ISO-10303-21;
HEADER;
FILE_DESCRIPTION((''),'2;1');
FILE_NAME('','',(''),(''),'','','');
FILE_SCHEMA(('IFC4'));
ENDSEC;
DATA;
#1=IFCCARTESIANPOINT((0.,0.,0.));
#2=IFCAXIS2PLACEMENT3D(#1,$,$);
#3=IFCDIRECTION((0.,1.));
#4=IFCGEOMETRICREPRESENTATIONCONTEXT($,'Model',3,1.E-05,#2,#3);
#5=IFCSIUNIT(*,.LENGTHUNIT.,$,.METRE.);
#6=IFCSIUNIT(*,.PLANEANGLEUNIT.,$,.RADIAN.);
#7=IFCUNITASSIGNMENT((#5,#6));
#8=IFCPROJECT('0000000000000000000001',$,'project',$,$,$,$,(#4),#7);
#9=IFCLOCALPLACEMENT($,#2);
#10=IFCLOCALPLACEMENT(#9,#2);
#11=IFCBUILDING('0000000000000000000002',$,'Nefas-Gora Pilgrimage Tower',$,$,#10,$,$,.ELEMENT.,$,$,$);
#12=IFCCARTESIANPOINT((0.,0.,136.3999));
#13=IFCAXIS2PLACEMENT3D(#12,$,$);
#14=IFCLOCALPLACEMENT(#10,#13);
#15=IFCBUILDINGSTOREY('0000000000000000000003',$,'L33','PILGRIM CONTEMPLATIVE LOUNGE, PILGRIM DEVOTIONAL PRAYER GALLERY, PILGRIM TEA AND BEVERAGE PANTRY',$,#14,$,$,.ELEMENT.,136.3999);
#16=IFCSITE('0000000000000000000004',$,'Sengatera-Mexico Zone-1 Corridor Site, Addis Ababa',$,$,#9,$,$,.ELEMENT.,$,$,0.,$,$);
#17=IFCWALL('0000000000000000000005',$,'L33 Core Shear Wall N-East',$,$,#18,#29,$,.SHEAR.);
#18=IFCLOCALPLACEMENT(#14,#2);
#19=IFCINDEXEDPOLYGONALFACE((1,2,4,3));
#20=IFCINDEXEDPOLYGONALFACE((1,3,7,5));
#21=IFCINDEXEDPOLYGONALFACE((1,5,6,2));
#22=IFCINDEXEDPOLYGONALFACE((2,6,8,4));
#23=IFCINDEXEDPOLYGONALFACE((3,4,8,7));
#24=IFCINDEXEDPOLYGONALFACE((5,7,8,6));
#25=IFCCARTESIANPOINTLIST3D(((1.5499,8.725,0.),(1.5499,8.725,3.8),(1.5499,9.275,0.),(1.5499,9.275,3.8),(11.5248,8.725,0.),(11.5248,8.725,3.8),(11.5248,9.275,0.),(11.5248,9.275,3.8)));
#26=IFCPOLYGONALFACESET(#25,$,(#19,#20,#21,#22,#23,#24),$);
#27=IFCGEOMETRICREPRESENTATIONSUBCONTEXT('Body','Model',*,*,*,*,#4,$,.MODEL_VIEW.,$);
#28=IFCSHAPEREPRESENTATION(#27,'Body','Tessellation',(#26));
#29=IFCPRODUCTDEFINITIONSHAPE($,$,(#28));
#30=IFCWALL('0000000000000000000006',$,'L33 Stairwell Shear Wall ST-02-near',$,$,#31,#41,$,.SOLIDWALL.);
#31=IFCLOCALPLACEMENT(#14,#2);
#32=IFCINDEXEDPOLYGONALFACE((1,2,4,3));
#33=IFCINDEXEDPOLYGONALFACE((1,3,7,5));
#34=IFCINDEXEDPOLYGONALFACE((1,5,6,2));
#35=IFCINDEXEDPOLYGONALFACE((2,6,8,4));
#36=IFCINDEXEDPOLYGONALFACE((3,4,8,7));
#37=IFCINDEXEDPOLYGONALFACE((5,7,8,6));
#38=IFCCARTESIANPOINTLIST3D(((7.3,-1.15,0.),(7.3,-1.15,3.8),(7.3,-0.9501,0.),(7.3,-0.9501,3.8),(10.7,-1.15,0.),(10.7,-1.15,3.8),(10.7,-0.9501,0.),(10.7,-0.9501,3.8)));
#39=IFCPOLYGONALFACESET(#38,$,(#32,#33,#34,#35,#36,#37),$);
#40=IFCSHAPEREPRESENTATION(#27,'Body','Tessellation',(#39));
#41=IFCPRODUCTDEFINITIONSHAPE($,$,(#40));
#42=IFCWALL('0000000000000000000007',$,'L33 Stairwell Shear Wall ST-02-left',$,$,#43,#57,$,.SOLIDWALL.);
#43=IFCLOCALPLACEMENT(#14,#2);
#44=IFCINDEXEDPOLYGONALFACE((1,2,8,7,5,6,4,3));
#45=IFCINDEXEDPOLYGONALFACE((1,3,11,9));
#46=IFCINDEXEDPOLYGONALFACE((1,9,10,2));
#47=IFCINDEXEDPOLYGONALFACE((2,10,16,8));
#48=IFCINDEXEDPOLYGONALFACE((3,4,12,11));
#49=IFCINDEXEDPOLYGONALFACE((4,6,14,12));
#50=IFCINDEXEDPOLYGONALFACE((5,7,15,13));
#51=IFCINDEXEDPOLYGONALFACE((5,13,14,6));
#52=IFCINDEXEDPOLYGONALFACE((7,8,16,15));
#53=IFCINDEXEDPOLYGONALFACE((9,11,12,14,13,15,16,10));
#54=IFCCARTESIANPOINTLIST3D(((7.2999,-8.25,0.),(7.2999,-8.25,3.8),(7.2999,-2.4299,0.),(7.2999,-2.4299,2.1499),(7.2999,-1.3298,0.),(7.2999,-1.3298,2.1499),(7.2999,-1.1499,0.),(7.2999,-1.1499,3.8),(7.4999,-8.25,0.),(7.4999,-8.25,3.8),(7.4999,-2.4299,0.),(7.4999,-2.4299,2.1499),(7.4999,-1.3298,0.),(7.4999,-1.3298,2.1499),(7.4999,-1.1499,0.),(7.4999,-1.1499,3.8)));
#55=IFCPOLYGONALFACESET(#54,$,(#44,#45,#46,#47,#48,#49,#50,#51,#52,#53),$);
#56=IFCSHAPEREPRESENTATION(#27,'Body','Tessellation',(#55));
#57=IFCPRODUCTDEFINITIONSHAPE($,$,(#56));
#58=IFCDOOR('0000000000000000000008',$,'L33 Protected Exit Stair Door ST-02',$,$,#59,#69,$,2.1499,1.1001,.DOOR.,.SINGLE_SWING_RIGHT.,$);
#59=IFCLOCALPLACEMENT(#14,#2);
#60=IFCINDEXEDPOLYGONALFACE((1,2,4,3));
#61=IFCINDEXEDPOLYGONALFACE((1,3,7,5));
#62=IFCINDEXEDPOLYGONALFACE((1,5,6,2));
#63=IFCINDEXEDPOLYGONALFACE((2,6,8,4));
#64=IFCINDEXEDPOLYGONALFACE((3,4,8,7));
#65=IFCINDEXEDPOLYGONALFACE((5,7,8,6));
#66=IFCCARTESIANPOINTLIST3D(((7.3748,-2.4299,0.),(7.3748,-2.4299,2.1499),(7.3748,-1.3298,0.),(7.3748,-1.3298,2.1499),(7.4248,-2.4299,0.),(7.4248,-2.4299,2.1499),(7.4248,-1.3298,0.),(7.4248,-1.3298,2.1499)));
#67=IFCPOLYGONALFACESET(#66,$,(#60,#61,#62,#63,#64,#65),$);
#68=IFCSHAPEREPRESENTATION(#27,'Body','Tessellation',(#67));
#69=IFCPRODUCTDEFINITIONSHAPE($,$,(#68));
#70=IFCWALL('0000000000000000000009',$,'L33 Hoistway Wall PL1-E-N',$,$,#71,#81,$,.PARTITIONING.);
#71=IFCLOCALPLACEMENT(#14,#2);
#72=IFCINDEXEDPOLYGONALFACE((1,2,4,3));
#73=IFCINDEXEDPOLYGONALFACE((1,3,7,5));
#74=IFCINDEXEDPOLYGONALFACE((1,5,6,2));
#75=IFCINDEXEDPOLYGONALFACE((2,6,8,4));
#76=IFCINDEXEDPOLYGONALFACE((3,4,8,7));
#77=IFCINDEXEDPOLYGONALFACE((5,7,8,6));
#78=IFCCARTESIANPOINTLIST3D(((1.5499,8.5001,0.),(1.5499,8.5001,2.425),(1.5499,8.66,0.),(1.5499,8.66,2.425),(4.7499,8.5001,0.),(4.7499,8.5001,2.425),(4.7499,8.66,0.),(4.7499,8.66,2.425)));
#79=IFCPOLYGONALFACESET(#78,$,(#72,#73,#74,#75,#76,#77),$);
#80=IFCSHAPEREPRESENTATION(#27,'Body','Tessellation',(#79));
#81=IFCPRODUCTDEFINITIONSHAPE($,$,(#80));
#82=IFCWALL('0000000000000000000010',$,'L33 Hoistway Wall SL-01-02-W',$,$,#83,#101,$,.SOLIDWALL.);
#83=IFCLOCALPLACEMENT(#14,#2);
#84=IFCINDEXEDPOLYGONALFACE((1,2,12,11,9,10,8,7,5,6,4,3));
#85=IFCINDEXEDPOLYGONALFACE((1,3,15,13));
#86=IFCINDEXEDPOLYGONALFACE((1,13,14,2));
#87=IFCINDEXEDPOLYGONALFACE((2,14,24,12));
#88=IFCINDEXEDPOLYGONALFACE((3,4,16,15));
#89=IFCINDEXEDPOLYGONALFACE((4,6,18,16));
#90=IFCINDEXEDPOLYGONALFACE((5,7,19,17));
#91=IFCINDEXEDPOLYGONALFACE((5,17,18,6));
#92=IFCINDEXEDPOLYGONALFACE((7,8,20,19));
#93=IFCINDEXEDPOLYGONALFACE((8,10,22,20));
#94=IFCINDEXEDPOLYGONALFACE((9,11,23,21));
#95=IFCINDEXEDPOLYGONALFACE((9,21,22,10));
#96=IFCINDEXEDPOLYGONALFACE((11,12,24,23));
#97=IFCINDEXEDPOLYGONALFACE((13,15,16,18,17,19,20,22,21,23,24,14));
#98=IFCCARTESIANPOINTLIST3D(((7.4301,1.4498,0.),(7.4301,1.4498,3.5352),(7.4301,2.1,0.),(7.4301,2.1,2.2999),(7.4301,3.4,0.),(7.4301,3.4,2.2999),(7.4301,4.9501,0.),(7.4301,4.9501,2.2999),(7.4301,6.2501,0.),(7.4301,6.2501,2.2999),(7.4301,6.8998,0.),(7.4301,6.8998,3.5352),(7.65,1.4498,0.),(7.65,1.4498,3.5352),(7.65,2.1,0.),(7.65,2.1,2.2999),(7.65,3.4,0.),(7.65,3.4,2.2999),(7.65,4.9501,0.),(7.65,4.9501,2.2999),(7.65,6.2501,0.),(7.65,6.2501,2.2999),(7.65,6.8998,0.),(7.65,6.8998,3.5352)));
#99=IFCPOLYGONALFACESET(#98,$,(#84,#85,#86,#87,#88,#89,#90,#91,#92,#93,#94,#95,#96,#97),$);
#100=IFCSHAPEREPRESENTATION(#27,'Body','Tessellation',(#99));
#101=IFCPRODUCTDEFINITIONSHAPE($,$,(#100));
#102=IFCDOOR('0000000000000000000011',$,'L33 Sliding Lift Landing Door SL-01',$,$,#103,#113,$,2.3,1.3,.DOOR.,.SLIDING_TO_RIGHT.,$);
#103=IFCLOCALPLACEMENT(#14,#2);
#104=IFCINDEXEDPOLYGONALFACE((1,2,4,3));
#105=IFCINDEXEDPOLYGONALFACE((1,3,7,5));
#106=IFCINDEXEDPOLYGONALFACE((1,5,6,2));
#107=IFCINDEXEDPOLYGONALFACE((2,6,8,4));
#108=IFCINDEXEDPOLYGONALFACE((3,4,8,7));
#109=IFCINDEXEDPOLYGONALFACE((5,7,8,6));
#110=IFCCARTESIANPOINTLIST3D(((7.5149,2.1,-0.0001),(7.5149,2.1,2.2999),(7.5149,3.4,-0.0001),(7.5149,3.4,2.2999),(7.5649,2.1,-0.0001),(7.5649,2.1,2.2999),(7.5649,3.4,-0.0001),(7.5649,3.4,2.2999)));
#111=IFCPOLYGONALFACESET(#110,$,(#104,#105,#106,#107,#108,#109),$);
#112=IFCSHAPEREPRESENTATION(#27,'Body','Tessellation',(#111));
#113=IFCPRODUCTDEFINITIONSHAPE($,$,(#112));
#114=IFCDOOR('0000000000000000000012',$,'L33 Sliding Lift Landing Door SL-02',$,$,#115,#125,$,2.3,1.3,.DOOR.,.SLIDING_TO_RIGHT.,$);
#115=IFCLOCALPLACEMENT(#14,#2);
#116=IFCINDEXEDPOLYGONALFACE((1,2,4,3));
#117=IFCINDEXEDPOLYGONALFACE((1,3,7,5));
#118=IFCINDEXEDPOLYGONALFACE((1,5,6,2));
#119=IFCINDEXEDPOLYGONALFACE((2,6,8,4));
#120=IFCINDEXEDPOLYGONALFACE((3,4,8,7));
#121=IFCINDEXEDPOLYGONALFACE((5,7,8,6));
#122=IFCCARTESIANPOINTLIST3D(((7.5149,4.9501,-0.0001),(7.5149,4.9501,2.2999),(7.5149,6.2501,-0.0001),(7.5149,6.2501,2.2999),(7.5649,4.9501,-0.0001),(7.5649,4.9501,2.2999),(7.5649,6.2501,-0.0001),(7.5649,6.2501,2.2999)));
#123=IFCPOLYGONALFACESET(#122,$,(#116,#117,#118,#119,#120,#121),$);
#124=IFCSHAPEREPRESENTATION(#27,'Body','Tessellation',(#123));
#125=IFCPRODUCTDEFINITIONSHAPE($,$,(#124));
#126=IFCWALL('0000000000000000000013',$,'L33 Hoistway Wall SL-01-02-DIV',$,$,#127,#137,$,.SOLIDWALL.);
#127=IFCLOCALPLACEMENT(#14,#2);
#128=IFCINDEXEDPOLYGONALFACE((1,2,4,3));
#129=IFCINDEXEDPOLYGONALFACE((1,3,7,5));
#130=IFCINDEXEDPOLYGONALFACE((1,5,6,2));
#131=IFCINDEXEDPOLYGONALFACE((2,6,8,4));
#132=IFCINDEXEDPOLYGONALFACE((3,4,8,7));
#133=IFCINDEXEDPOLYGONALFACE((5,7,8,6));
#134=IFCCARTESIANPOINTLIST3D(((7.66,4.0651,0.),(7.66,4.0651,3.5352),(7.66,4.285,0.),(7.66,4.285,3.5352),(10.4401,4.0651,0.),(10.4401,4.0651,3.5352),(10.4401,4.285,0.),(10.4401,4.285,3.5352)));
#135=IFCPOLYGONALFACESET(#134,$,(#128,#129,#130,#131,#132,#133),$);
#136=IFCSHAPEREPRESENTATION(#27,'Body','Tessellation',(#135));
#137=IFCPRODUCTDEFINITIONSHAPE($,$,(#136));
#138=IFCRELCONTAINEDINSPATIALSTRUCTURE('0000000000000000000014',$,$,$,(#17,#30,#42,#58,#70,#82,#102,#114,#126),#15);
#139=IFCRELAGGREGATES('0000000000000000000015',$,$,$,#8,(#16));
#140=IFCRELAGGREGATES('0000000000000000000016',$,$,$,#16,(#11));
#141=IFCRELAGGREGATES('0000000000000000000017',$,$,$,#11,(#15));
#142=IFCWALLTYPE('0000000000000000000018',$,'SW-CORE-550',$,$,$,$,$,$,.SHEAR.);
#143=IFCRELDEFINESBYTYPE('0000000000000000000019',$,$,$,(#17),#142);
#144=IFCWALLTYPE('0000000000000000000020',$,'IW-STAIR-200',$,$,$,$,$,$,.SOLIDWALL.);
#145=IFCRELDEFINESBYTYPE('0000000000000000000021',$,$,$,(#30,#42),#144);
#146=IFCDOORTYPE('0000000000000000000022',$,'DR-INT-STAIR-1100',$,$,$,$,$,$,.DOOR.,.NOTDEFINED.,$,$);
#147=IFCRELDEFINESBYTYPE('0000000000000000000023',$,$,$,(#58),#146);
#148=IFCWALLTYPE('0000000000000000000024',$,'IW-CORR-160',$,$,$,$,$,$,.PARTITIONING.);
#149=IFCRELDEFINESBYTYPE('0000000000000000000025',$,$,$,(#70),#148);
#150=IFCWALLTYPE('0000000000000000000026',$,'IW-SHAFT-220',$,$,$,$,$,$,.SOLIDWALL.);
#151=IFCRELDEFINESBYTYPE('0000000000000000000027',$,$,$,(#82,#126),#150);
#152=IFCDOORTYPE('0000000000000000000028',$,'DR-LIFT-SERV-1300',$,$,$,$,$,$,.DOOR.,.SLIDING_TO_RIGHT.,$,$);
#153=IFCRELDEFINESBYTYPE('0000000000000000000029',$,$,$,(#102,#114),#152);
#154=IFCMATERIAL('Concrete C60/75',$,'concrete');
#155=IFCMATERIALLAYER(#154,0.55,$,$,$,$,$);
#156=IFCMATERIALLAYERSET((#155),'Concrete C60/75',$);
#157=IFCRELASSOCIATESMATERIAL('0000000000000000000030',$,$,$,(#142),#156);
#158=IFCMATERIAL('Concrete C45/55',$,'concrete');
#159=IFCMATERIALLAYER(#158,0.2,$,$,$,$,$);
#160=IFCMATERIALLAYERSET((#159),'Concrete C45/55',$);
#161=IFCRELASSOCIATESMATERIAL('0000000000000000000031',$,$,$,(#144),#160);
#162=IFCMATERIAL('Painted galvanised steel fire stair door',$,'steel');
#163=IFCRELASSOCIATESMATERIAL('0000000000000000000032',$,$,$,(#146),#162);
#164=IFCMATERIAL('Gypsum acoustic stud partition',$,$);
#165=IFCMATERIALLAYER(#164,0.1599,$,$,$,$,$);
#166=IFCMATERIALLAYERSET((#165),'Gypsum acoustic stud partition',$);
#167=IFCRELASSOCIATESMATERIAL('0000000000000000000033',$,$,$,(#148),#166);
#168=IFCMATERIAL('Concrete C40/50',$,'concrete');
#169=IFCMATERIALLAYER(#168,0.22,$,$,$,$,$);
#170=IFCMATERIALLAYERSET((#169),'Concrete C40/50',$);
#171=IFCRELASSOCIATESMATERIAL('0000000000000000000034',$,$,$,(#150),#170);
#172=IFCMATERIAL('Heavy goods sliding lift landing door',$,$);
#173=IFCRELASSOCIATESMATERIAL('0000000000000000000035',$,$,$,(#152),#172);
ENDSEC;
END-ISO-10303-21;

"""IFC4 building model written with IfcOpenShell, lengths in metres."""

from ifc_helpers import new_model, si_unit, direction, frame, frame_2d, origin, place, context, subcontext, project, spatial, rectangle, extrude, source, transform, mapped, material, layer, layer_set, type_object, element, fill, save


model = new_model("IFC4")

# Units and contexts
model_context = context("Model", 3, precision=1e-05, world=origin(), true_north=direction((0.0, 1.0)))
body_context = subcontext(model_context, "Body", "Model", "MODEL_VIEW")
ifc_project = project(units=[si_unit("LENGTHUNIT", "METRE"), si_unit("PLANEANGLEUNIT", "RADIAN")], contexts=[model_context])

# Site, building, storey
site_placement = place(None, origin())
site = spatial("IfcSite", under=ifc_project, at=site_placement, Name="Sengatera-Mexico Zone-1 Corridor Site, Addis Ababa", CompositionType="ELEMENT", RefElevation=0.0)
building_placement = place(site_placement, origin())
building = spatial("IfcBuilding", under=site, at=building_placement, Name="Nefas-Gora Pilgrimage Tower", CompositionType="ELEMENT")
storey_placement = place(building_placement, frame((0.0, 0.0, 136.3999)))
storey = spatial("IfcBuildingStorey", under=building, at=storey_placement, Name="L33", Description="PILGRIM CONTEMPLATIVE LOUNGE, PILGRIM DEVOTIONAL PRAYER GALLERY, PILGRIM TEA AND BEVERAGE PANTRY", CompositionType="ELEMENT", Elevation=136.3999)

# Walls
ifc_material_1 = material(Name="Concrete C60/75", Category="concrete")
ifc_layer_1 = layer(ifc_material_1, 0.55)
ifc_layer_set_1 = layer_set([ifc_layer_1], Name="Concrete C60/75")
wall_type_1 = type_object("IfcWallType", Name="SW-CORE-550", PredefinedType="SHEAR", material=ifc_layer_set_1)
shared_shape_1 = source(origin(), body_context, "Body", "SweptSolid", [
    extrude(rectangle(XDim=9.9749, YDim=0.55, at=frame_2d((4.9873, 0.0))), origin(), (0.0, 0.0, 1.0), 3.8),
])
wall_1_placement = place(storey_placement, frame((1.55, 9.0, 0.0), z_axis=(0.0, 0.0, 1.0), x_axis=(1.0, 0.0, 0.0)))
element("IfcWall", 1, at=wall_1_placement, inside=storey, type_object=wall_type_1, Name="L33 Core Shear Wall N-East", PredefinedType="SHEAR", context=body_context, shape_type="MappedRepresentation", body=[
    mapped(shared_shape_1, transform((0.0, 0.0, 0.0), x_axis=(1.0, 0.0, 0.0), y_axis=(0.0, 1.0, 0.0), z_axis=(0.0, 0.0, 1.0), scale=1.0)),
])
ifc_material_2 = material(Name="Concrete C45/55", Category="concrete")
ifc_layer_2 = layer(ifc_material_2, 0.2)
ifc_layer_set_2 = layer_set([ifc_layer_2], Name="Concrete C45/55")
wall_type_2 = type_object("IfcWallType", Name="IW-STAIR-200", PredefinedType="SOLIDWALL", material=ifc_layer_set_2)
shared_shape_2 = source(origin(), body_context, "Body", "SweptSolid", [
    extrude(rectangle(XDim=3.3999, YDim=0.2, at=frame_2d((1.7, 0.0))), origin(), (0.0, 0.0, 1.0), 3.8),
])
wall_2_placement = place(storey_placement, frame((7.3, -1.05, 0.0), z_axis=(0.0, 0.0, 1.0), x_axis=(1.0, 0.0, 0.0)))
element("IfcWall", 2, at=wall_2_placement, inside=storey, type_object=wall_type_2, Name="L33 Stairwell Shear Wall ST-02-near", PredefinedType="SOLIDWALL", context=body_context, shape_type="MappedRepresentation", body=[
    mapped(shared_shape_2, transform((0.0, 0.0, 0.0), x_axis=(1.0, 0.0, 0.0), y_axis=(0.0, 1.0, 0.0), z_axis=(0.0, 0.0, 1.0), scale=1.0)),
])

# Wall, opening, door
shared_shape_3 = source(origin(), body_context, "Body", "SweptSolid", [
    extrude(rectangle(XDim=7.1001, YDim=0.2, at=frame_2d((3.55, 0.0))), origin(), (0.0, 0.0, 1.0), 3.8),
])
wall_3_placement = place(storey_placement, frame((7.3999, -1.1499, 0.0), z_axis=(0.0, 0.0, 1.0), x_axis=(0.0, -1.0, 0.0)))
wall_3 = element("IfcWall", 3, at=wall_3_placement, inside=storey, type_object=wall_type_2, Name="L33 Stairwell Shear Wall ST-02-left", PredefinedType="SOLIDWALL", context=body_context, shape_type="MappedRepresentation", body=[
    mapped(shared_shape_3, transform((0.0, 0.0, 0.0), x_axis=(1.0, 0.0, 0.0), y_axis=(0.0, 1.0, 0.0), z_axis=(0.0, 0.0, 1.0), scale=1.0)),
])
opening_1_placement = place(wall_3_placement, frame((0.1799, 0.0, 0.0)))
opening_1 = element("IfcOpeningElement", 4, at=opening_1_placement, cuts=wall_3, PredefinedType="OPENING", context=body_context, shape_type="SweptSolid", body=[
    extrude(rectangle(XDim=1.1001, YDim=2.1499, at=frame_2d((0.55, 1.075))), frame((0.0, 0.1099, 0.0), z_axis=(0.0, -1.0, 0.0), x_axis=(1.0, 0.0, 0.0)), (0.0, 0.0, 1.0), 0.22),
])
ifc_material_3 = material(Name="Painted galvanised steel fire stair door", Category="steel")
door_type_1 = type_object("IfcDoorType", Name="DR-INT-STAIR-1100", OperationType="NOTDEFINED", PredefinedType="DOOR", material=ifc_material_3)
shared_shape_4 = source(origin(), body_context, "Body", "SweptSolid", [
    extrude(rectangle(XDim=1.1001, YDim=2.1499, at=frame_2d((0.55, 1.075))), frame((0.0, 0.0249, 0.0), z_axis=(0.0, -1.0, 0.0), x_axis=(1.0, 0.0, 0.0)), (0.0, 0.0, 1.0), 0.05),
])
door_1_placement = place(opening_1_placement, origin())
door_1 = element("IfcDoor", 5, at=door_1_placement, inside=storey, type_object=door_type_1, Name="L33 Protected Exit Stair Door ST-02", OperationType="SINGLE_SWING_RIGHT", OverallHeight=2.1499, OverallWidth=1.1001, PredefinedType="DOOR", context=body_context, shape_type="MappedRepresentation", body=[
    mapped(shared_shape_4, transform((0.0, 0.0, 0.0), x_axis=(1.0, 0.0, 0.0), y_axis=(0.0, 1.0, 0.0), z_axis=(0.0, 0.0, 1.0), scale=1.0)),
])
fill(opening_1, door_1)

# Wall
ifc_material_4 = material(Name="Gypsum acoustic stud partition")
ifc_layer_3 = layer(ifc_material_4, 0.1599)
ifc_layer_set_3 = layer_set([ifc_layer_3], Name="Gypsum acoustic stud partition")
wall_type_3 = type_object("IfcWallType", Name="IW-CORR-160", PredefinedType="PARTITIONING", material=ifc_layer_set_3)
shared_shape_5 = source(origin(), body_context, "Body", "SweptSolid", [
    extrude(rectangle(XDim=3.2, YDim=0.1599, at=frame_2d((1.6001, 0.0))), origin(), (0.0, 0.0, 1.0), 2.425),
])
wall_4_placement = place(storey_placement, frame((4.75, 8.5801, 0.0), z_axis=(0.0, 0.0, 1.0), x_axis=(-1.0, 0.0, 0.0)))
element("IfcWall", 6, at=wall_4_placement, inside=storey, type_object=wall_type_3, Name="L33 Hoistway Wall PL1-E-N", PredefinedType="PARTITIONING", context=body_context, shape_type="MappedRepresentation", body=[
    mapped(shared_shape_5, transform((0.0, 0.0, 0.0), x_axis=(1.0, 0.0, 0.0), y_axis=(0.0, 1.0, 0.0), z_axis=(0.0, 0.0, 1.0), scale=1.0)),
])

# Wall, openings, doors
ifc_material_5 = material(Name="Concrete C40/50", Category="concrete")
ifc_layer_4 = layer(ifc_material_5, 0.22)
ifc_layer_set_4 = layer_set([ifc_layer_4], Name="Concrete C40/50")
wall_type_4 = type_object("IfcWallType", Name="IW-SHAFT-220", PredefinedType="SOLIDWALL", material=ifc_layer_set_4)
shared_shape_6 = source(origin(), body_context, "Body", "SweptSolid", [
    extrude(rectangle(XDim=5.45, YDim=0.22, at=frame_2d((2.7251, 0.0))), origin(), (0.0, 0.0, 1.0), 3.5352),
])
wall_5_placement = place(storey_placement, frame((7.54, 6.8999, 0.0), z_axis=(0.0, 0.0, 1.0), x_axis=(0.0, -1.0, 0.0)))
wall_5 = element("IfcWall", 7, at=wall_5_placement, inside=storey, type_object=wall_type_4, Name="L33 Hoistway Wall SL-01-02-W", PredefinedType="SOLIDWALL", context=body_context, shape_type="MappedRepresentation", body=[
    mapped(shared_shape_6, transform((0.0, 0.0, 0.0), x_axis=(1.0, 0.0, 0.0), y_axis=(0.0, 1.0, 0.0), z_axis=(0.0, 0.0, 1.0), scale=1.0)),
])
opening_2_placement = place(wall_5_placement, frame((3.5, 0.0, 0.0)))
opening_2 = element("IfcOpeningElement", 8, at=opening_2_placement, cuts=wall_5, PredefinedType="OPENING", context=body_context, shape_type="SweptSolid", body=[
    extrude(rectangle(XDim=1.3, YDim=2.3, at=frame_2d((0.6499, 1.1499))), frame((0.0, 0.1199, 0.0), z_axis=(0.0, -1.0, 0.0), x_axis=(1.0, 0.0, 0.0)), (0.0, 0.0, 1.0), 0.24),
])
opening_3_placement = place(wall_5_placement, frame((0.6499, 0.0, 0.0)))
opening_3 = element("IfcOpeningElement", 9, at=opening_3_placement, cuts=wall_5, PredefinedType="OPENING", context=body_context, shape_type="SweptSolid", body=[
    extrude(rectangle(XDim=1.3, YDim=2.3, at=frame_2d((0.6499, 1.1499))), frame((0.0, 0.1199, 0.0), z_axis=(0.0, -1.0, 0.0), x_axis=(1.0, 0.0, 0.0)), (0.0, 0.0, 1.0), 0.24),
])
ifc_material_6 = material(Name="Heavy goods sliding lift landing door")
door_type_2 = type_object("IfcDoorType", Name="DR-LIFT-SERV-1300", OperationType="SLIDING_TO_RIGHT", PredefinedType="DOOR", material=ifc_material_6)
shared_shape_7 = source(origin(), body_context, "Body", "SweptSolid", [
    extrude(rectangle(XDim=1.3, YDim=2.3, at=frame_2d((0.6499, 1.1499))), frame((0.0, 0.0249, 0.0), z_axis=(0.0, -1.0, 0.0), x_axis=(1.0, 0.0, 0.0)), (0.0, 0.0, 1.0), 0.05),
])
door_2_placement = place(opening_2_placement, origin())
door_2 = element("IfcDoor", 10, at=door_2_placement, inside=storey, type_object=door_type_2, Name="L33 Sliding Lift Landing Door SL-01", OperationType="SLIDING_TO_RIGHT", OverallHeight=2.3, OverallWidth=1.3, PredefinedType="DOOR", context=body_context, shape_type="MappedRepresentation", body=[
    mapped(shared_shape_7, transform((0.0, 0.0, 0.0), x_axis=(1.0, 0.0, 0.0), y_axis=(0.0, 1.0, 0.0), z_axis=(0.0, 0.0, 1.0), scale=1.0)),
])
fill(opening_2, door_2)
door_3_placement = place(opening_3_placement, origin())
door_3 = element("IfcDoor", 11, at=door_3_placement, inside=storey, type_object=door_type_2, Name="L33 Sliding Lift Landing Door SL-02", OperationType="SLIDING_TO_RIGHT", OverallHeight=2.3, OverallWidth=1.3, PredefinedType="DOOR", context=body_context, shape_type="MappedRepresentation", body=[
    mapped(shared_shape_7, transform((0.0, 0.0, 0.0), x_axis=(1.0, 0.0, 0.0), y_axis=(0.0, 1.0, 0.0), z_axis=(0.0, 0.0, 1.0), scale=1.0)),
])
fill(opening_3, door_3)

# Wall
shared_shape_8 = source(origin(), body_context, "Body", "SweptSolid", [
    extrude(rectangle(XDim=2.78, YDim=0.22, at=frame_2d((1.3901, 0.0))), origin(), (0.0, 0.0, 1.0), 3.5352),
])
wall_6_placement = place(storey_placement, frame((7.6599, 4.175, 0.0), z_axis=(0.0, 0.0, 1.0), x_axis=(1.0, 0.0, 0.0)))
element("IfcWall", 12, at=wall_6_placement, inside=storey, type_object=wall_type_4, Name="L33 Hoistway Wall SL-01-02-DIV", PredefinedType="SOLIDWALL", context=body_context, shape_type="MappedRepresentation", body=[
    mapped(shared_shape_8, transform((0.0, 0.0, 0.0), x_axis=(1.0, 0.0, 0.0), y_axis=(0.0, 1.0, 0.0), z_axis=(0.0, 0.0, 1.0), scale=1.0)),
])

save(model, "model.ifc")
